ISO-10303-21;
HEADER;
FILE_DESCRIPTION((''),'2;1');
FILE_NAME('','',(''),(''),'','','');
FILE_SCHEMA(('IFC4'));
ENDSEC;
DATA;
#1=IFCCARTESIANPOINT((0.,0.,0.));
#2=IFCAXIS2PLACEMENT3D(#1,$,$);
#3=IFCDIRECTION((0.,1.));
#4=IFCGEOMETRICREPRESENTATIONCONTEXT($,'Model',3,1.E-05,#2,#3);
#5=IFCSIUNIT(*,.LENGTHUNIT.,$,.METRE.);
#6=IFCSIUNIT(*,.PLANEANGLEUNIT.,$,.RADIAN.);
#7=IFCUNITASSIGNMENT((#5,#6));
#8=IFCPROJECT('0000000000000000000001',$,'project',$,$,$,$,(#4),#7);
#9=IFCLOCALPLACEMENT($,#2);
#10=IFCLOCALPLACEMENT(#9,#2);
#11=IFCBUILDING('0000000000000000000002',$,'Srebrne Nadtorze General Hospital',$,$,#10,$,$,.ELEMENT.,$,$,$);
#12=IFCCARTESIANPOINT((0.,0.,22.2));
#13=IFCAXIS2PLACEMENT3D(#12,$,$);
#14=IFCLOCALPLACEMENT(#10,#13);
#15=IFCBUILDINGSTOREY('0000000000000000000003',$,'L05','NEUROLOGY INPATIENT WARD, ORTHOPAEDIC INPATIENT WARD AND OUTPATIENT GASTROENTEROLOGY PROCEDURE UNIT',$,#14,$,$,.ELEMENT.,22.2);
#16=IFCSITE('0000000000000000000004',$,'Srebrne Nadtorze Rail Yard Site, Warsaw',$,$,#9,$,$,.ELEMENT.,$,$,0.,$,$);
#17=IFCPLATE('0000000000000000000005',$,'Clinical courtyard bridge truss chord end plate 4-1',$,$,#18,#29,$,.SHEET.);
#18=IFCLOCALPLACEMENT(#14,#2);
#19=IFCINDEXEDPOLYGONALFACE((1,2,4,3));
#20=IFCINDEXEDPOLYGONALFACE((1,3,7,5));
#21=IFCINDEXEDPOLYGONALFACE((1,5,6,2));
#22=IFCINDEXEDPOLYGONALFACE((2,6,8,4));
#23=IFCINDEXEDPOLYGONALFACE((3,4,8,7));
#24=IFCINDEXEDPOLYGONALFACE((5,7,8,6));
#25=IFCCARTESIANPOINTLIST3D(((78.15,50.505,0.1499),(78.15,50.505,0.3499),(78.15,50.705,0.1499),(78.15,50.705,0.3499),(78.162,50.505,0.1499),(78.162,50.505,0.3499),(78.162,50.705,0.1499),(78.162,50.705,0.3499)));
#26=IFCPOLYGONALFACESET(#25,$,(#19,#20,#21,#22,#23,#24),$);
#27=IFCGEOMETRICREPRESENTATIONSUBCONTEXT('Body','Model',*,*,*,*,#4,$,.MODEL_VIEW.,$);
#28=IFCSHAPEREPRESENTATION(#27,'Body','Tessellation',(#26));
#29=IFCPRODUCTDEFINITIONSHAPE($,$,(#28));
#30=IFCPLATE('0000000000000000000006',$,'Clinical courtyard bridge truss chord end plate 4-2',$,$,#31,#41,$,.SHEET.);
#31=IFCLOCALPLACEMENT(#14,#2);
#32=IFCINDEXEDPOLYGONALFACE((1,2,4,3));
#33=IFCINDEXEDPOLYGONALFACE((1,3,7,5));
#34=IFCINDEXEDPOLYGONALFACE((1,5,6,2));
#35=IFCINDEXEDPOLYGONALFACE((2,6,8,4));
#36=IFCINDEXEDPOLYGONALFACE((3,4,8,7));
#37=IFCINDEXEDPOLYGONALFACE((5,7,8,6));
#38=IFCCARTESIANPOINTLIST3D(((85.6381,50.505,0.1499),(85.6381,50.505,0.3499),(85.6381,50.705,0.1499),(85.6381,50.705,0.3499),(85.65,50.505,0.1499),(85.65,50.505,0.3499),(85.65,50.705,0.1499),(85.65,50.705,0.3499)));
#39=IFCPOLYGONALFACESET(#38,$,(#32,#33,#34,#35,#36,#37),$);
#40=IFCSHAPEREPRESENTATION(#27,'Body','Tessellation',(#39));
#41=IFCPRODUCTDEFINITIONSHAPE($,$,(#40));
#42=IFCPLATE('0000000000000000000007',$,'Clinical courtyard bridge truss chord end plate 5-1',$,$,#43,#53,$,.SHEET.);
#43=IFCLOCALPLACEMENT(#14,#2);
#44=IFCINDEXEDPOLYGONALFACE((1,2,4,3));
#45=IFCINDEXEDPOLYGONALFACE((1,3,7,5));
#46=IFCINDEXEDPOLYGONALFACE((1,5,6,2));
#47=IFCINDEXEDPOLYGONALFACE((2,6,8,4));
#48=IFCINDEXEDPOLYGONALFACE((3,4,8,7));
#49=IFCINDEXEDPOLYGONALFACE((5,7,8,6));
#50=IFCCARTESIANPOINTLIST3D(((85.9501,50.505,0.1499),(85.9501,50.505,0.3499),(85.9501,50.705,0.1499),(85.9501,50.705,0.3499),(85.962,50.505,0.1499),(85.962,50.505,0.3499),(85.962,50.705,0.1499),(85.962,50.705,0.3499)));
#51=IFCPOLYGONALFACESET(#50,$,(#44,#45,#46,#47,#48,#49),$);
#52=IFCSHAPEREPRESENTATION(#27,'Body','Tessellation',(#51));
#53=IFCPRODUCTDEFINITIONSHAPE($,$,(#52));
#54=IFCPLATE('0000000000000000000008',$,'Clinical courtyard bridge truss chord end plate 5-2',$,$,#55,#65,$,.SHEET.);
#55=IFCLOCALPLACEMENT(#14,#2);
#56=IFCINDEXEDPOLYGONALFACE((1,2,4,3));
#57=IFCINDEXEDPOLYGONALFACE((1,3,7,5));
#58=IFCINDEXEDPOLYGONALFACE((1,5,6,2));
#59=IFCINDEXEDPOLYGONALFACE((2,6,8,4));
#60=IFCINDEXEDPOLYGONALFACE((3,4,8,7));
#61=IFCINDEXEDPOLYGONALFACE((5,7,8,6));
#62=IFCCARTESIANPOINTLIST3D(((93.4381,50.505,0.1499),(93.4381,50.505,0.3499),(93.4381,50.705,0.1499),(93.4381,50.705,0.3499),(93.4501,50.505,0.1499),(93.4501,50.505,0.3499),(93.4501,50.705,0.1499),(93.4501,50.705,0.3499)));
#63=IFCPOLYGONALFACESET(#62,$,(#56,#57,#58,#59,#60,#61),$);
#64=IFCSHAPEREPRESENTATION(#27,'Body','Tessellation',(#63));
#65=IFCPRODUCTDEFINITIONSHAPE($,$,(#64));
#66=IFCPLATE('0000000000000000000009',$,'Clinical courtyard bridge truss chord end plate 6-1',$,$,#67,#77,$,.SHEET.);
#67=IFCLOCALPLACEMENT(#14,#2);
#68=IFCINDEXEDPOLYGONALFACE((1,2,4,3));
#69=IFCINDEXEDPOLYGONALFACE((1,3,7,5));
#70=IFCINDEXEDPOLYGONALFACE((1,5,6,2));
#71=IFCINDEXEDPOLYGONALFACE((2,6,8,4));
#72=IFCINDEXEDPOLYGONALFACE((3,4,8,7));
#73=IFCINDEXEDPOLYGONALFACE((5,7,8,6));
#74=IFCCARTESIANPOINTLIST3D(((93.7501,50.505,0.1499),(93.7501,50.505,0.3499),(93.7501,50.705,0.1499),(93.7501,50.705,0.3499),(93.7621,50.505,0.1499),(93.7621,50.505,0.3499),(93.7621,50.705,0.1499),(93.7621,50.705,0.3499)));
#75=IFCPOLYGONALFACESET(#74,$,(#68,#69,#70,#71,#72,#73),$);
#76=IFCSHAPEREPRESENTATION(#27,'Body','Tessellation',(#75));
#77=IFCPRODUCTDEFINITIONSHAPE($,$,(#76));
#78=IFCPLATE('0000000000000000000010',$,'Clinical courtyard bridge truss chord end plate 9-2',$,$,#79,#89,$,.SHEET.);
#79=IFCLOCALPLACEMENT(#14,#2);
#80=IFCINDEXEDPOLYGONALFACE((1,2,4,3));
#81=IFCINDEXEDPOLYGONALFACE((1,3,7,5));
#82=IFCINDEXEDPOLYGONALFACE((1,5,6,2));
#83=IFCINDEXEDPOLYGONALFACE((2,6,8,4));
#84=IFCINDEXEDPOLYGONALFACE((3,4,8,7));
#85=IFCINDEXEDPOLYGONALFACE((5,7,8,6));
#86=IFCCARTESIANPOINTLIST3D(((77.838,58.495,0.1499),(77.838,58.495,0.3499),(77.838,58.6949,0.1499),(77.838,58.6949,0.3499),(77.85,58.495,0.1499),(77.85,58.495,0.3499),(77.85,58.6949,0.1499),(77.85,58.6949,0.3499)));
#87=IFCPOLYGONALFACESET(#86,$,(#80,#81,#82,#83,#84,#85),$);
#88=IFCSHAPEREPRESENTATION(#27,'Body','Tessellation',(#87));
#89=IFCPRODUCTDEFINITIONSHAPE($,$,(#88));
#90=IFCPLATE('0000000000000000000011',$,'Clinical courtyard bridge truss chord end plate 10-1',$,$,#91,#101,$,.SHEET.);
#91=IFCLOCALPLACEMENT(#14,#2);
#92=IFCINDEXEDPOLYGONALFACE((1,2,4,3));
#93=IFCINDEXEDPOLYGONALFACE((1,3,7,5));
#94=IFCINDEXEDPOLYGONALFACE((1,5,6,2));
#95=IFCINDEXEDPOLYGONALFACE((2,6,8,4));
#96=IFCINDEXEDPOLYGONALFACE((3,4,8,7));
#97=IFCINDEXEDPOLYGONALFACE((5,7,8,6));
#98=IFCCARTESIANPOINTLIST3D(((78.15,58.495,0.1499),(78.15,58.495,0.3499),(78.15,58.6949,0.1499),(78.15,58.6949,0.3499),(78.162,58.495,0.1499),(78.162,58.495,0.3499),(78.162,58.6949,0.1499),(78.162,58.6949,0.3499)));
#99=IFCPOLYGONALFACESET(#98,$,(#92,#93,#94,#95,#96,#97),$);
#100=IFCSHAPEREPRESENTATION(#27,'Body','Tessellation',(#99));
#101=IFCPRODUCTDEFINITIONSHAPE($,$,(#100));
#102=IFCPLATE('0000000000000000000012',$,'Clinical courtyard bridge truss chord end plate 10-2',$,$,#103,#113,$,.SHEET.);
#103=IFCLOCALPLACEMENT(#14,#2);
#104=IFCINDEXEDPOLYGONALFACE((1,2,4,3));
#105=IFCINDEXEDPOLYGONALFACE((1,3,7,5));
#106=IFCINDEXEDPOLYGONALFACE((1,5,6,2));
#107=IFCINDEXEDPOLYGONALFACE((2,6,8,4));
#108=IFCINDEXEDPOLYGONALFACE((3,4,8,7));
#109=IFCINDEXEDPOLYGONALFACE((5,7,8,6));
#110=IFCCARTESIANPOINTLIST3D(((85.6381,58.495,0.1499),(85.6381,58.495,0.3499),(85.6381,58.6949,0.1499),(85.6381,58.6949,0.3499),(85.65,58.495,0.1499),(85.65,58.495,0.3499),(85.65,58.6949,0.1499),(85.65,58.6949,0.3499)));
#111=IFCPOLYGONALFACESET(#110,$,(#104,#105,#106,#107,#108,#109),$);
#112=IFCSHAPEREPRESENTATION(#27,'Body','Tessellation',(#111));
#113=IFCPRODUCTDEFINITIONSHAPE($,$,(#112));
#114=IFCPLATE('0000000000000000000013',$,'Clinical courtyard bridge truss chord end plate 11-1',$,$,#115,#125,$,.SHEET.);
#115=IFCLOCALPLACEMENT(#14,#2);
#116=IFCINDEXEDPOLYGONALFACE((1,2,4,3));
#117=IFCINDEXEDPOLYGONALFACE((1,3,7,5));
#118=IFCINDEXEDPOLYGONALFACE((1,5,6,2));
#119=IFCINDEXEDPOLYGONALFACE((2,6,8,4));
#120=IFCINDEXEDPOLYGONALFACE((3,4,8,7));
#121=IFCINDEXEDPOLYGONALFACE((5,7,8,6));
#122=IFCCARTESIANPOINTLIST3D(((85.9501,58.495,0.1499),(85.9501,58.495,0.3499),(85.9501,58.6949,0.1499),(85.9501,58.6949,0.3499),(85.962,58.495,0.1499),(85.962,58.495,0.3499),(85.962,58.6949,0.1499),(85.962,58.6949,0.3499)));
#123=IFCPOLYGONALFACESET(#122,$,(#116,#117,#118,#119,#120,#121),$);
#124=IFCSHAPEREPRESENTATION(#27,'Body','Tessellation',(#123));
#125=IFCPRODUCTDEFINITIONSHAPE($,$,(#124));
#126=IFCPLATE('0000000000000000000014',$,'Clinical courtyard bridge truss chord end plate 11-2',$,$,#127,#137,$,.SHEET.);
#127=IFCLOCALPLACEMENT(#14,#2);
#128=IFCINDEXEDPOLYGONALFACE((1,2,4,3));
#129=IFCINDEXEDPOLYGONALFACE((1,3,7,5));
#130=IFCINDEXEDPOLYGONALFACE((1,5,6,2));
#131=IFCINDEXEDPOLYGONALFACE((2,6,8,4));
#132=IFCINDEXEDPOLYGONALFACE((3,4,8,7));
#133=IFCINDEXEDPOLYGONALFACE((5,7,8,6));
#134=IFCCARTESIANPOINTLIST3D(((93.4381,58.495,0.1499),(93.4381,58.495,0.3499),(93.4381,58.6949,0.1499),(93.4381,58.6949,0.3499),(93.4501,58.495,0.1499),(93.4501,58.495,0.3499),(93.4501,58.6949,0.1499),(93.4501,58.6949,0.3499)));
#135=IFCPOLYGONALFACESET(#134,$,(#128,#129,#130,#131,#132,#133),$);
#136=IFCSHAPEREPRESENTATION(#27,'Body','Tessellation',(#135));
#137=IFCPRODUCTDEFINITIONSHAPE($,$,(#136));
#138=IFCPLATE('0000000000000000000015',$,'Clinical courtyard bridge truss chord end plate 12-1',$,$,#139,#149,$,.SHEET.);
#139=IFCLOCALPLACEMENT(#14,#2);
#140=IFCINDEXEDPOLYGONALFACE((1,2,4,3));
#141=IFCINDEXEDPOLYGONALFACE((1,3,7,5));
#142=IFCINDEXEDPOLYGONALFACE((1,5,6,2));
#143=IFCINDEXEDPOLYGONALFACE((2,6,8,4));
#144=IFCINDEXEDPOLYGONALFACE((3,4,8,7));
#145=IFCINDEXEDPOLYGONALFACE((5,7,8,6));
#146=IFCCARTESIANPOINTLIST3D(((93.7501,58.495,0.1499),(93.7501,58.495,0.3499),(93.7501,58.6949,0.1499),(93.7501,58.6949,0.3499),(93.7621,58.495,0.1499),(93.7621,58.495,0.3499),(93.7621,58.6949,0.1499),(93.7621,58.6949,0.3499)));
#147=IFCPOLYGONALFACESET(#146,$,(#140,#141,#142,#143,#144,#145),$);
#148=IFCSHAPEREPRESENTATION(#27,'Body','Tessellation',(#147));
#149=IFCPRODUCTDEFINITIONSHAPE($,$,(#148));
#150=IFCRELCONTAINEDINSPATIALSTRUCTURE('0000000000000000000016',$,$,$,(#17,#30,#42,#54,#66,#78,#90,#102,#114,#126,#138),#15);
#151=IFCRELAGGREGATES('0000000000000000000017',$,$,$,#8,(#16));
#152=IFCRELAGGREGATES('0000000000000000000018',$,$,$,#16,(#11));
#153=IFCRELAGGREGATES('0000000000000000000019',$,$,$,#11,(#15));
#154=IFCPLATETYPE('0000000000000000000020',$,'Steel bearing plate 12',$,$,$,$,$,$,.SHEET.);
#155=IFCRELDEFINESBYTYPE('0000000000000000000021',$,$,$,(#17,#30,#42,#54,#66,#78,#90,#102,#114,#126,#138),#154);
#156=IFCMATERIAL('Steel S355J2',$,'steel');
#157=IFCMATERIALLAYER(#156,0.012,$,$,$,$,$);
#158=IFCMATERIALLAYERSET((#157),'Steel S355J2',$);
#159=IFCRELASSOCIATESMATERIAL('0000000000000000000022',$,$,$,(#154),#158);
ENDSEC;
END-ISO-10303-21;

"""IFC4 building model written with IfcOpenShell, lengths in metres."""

from ifc_helpers import new_model, si_unit, direction, frame, origin, origin_2d, place, context, subcontext, project, spatial, rectangle, extrude, material, layer, layer_set, type_object, element, save


model = new_model("IFC4")

# Units and contexts
model_context = context("Model", 3, precision=1e-05, world=origin(), true_north=direction((0.0, 1.0)))
body_context = subcontext(model_context, "Body", "Model", "MODEL_VIEW")
ifc_project = project(units=[si_unit("LENGTHUNIT", "METRE"), si_unit("PLANEANGLEUNIT", "RADIAN")], contexts=[model_context])

# Site, building, storey
site_placement = place(None, origin())
site = spatial("IfcSite", under=ifc_project, at=site_placement, Name="Srebrne Nadtorze Rail Yard Site, Warsaw", CompositionType="ELEMENT", RefElevation=0.0)
building_placement = place(site_placement, origin())
building = spatial("IfcBuilding", under=site, at=building_placement, Name="Srebrne Nadtorze General Hospital", CompositionType="ELEMENT")
storey_placement = place(building_placement, frame((0.0, 0.0, 22.2)))
storey = spatial("IfcBuildingStorey", under=building, at=storey_placement, Name="L05", Description="NEUROLOGY INPATIENT WARD, ORTHOPAEDIC INPATIENT WARD AND OUTPATIENT GASTROENTEROLOGY PROCEDURE UNIT", CompositionType="ELEMENT", Elevation=22.2)

# Plates
ifc_material_1 = material(Name="Steel S355J2", Category="steel")
ifc_layer_1 = layer(ifc_material_1, 0.012)
ifc_layer_set_1 = layer_set([ifc_layer_1], Name="Steel S355J2")
plate_type_1 = type_object("IfcPlateType", Name="Steel bearing plate 12", PredefinedType="SHEET", material=ifc_layer_set_1)
for number, where, z_axis, x_axis, name in (
    (1, (78.156, 50.605, 0.1499), (0.0, 0.0, 1.0), (1.0, 0.0, 0.0), "Clinical courtyard bridge truss chord end plate 4-1"),
    (2, (85.644, 50.605, 0.1499), (0.0, 0.0, 1.0), (1.0, 0.0, 0.0), "Clinical courtyard bridge truss chord end plate 4-2"),
    (3, (85.9561, 50.605, 0.1499), (0.0, 0.0, 1.0), (1.0, 0.0, 0.0), "Clinical courtyard bridge truss chord end plate 5-1"),
    (4, (93.4441, 50.605, 0.1499), (0.0, 0.0, 1.0), (1.0, 0.0, 0.0), "Clinical courtyard bridge truss chord end plate 5-2"),
    (5, (93.7561, 50.605, 0.1499), (0.0, 0.0, 1.0), (1.0, 0.0, 0.0), "Clinical courtyard bridge truss chord end plate 6-1"),
    (6, (77.844, 58.595, 0.1499), (0.0, 0.0, 1.0), (1.0, 0.0, 0.0), "Clinical courtyard bridge truss chord end plate 9-2"),
    (7, (78.156, 58.595, 0.1499), (0.0, 0.0, 1.0), (1.0, 0.0, 0.0), "Clinical courtyard bridge truss chord end plate 10-1"),
    (8, (85.644, 58.595, 0.1499), (0.0, 0.0, 1.0), (1.0, 0.0, 0.0), "Clinical courtyard bridge truss chord end plate 10-2"),
    (9, (85.9561, 58.595, 0.1499), (0.0, 0.0, 1.0), (1.0, 0.0, 0.0), "Clinical courtyard bridge truss chord end plate 11-1"),
    (10, (93.4441, 58.595, 0.1499), (0.0, 0.0, 1.0), (1.0, 0.0, 0.0), "Clinical courtyard bridge truss chord end plate 11-2"),
    (11, (93.7561, 58.595, 0.1499), (0.0, 0.0, 1.0), (1.0, 0.0, 0.0), "Clinical courtyard bridge truss chord end plate 12-1"),
):
    element("IfcPlate", number, at=place(storey_placement, frame(where, z_axis=z_axis, x_axis=x_axis)), inside=storey, type_object=plate_type_1, Name=name, PredefinedType="SHEET", context=body_context, shape_type="SweptSolid", body=[
        extrude(rectangle(XDim=0.012, YDim=0.2, at=origin_2d()), origin(), (0.0, 0.0, 1.0), 0.2),
    ])

save(model, "model.ifc")
